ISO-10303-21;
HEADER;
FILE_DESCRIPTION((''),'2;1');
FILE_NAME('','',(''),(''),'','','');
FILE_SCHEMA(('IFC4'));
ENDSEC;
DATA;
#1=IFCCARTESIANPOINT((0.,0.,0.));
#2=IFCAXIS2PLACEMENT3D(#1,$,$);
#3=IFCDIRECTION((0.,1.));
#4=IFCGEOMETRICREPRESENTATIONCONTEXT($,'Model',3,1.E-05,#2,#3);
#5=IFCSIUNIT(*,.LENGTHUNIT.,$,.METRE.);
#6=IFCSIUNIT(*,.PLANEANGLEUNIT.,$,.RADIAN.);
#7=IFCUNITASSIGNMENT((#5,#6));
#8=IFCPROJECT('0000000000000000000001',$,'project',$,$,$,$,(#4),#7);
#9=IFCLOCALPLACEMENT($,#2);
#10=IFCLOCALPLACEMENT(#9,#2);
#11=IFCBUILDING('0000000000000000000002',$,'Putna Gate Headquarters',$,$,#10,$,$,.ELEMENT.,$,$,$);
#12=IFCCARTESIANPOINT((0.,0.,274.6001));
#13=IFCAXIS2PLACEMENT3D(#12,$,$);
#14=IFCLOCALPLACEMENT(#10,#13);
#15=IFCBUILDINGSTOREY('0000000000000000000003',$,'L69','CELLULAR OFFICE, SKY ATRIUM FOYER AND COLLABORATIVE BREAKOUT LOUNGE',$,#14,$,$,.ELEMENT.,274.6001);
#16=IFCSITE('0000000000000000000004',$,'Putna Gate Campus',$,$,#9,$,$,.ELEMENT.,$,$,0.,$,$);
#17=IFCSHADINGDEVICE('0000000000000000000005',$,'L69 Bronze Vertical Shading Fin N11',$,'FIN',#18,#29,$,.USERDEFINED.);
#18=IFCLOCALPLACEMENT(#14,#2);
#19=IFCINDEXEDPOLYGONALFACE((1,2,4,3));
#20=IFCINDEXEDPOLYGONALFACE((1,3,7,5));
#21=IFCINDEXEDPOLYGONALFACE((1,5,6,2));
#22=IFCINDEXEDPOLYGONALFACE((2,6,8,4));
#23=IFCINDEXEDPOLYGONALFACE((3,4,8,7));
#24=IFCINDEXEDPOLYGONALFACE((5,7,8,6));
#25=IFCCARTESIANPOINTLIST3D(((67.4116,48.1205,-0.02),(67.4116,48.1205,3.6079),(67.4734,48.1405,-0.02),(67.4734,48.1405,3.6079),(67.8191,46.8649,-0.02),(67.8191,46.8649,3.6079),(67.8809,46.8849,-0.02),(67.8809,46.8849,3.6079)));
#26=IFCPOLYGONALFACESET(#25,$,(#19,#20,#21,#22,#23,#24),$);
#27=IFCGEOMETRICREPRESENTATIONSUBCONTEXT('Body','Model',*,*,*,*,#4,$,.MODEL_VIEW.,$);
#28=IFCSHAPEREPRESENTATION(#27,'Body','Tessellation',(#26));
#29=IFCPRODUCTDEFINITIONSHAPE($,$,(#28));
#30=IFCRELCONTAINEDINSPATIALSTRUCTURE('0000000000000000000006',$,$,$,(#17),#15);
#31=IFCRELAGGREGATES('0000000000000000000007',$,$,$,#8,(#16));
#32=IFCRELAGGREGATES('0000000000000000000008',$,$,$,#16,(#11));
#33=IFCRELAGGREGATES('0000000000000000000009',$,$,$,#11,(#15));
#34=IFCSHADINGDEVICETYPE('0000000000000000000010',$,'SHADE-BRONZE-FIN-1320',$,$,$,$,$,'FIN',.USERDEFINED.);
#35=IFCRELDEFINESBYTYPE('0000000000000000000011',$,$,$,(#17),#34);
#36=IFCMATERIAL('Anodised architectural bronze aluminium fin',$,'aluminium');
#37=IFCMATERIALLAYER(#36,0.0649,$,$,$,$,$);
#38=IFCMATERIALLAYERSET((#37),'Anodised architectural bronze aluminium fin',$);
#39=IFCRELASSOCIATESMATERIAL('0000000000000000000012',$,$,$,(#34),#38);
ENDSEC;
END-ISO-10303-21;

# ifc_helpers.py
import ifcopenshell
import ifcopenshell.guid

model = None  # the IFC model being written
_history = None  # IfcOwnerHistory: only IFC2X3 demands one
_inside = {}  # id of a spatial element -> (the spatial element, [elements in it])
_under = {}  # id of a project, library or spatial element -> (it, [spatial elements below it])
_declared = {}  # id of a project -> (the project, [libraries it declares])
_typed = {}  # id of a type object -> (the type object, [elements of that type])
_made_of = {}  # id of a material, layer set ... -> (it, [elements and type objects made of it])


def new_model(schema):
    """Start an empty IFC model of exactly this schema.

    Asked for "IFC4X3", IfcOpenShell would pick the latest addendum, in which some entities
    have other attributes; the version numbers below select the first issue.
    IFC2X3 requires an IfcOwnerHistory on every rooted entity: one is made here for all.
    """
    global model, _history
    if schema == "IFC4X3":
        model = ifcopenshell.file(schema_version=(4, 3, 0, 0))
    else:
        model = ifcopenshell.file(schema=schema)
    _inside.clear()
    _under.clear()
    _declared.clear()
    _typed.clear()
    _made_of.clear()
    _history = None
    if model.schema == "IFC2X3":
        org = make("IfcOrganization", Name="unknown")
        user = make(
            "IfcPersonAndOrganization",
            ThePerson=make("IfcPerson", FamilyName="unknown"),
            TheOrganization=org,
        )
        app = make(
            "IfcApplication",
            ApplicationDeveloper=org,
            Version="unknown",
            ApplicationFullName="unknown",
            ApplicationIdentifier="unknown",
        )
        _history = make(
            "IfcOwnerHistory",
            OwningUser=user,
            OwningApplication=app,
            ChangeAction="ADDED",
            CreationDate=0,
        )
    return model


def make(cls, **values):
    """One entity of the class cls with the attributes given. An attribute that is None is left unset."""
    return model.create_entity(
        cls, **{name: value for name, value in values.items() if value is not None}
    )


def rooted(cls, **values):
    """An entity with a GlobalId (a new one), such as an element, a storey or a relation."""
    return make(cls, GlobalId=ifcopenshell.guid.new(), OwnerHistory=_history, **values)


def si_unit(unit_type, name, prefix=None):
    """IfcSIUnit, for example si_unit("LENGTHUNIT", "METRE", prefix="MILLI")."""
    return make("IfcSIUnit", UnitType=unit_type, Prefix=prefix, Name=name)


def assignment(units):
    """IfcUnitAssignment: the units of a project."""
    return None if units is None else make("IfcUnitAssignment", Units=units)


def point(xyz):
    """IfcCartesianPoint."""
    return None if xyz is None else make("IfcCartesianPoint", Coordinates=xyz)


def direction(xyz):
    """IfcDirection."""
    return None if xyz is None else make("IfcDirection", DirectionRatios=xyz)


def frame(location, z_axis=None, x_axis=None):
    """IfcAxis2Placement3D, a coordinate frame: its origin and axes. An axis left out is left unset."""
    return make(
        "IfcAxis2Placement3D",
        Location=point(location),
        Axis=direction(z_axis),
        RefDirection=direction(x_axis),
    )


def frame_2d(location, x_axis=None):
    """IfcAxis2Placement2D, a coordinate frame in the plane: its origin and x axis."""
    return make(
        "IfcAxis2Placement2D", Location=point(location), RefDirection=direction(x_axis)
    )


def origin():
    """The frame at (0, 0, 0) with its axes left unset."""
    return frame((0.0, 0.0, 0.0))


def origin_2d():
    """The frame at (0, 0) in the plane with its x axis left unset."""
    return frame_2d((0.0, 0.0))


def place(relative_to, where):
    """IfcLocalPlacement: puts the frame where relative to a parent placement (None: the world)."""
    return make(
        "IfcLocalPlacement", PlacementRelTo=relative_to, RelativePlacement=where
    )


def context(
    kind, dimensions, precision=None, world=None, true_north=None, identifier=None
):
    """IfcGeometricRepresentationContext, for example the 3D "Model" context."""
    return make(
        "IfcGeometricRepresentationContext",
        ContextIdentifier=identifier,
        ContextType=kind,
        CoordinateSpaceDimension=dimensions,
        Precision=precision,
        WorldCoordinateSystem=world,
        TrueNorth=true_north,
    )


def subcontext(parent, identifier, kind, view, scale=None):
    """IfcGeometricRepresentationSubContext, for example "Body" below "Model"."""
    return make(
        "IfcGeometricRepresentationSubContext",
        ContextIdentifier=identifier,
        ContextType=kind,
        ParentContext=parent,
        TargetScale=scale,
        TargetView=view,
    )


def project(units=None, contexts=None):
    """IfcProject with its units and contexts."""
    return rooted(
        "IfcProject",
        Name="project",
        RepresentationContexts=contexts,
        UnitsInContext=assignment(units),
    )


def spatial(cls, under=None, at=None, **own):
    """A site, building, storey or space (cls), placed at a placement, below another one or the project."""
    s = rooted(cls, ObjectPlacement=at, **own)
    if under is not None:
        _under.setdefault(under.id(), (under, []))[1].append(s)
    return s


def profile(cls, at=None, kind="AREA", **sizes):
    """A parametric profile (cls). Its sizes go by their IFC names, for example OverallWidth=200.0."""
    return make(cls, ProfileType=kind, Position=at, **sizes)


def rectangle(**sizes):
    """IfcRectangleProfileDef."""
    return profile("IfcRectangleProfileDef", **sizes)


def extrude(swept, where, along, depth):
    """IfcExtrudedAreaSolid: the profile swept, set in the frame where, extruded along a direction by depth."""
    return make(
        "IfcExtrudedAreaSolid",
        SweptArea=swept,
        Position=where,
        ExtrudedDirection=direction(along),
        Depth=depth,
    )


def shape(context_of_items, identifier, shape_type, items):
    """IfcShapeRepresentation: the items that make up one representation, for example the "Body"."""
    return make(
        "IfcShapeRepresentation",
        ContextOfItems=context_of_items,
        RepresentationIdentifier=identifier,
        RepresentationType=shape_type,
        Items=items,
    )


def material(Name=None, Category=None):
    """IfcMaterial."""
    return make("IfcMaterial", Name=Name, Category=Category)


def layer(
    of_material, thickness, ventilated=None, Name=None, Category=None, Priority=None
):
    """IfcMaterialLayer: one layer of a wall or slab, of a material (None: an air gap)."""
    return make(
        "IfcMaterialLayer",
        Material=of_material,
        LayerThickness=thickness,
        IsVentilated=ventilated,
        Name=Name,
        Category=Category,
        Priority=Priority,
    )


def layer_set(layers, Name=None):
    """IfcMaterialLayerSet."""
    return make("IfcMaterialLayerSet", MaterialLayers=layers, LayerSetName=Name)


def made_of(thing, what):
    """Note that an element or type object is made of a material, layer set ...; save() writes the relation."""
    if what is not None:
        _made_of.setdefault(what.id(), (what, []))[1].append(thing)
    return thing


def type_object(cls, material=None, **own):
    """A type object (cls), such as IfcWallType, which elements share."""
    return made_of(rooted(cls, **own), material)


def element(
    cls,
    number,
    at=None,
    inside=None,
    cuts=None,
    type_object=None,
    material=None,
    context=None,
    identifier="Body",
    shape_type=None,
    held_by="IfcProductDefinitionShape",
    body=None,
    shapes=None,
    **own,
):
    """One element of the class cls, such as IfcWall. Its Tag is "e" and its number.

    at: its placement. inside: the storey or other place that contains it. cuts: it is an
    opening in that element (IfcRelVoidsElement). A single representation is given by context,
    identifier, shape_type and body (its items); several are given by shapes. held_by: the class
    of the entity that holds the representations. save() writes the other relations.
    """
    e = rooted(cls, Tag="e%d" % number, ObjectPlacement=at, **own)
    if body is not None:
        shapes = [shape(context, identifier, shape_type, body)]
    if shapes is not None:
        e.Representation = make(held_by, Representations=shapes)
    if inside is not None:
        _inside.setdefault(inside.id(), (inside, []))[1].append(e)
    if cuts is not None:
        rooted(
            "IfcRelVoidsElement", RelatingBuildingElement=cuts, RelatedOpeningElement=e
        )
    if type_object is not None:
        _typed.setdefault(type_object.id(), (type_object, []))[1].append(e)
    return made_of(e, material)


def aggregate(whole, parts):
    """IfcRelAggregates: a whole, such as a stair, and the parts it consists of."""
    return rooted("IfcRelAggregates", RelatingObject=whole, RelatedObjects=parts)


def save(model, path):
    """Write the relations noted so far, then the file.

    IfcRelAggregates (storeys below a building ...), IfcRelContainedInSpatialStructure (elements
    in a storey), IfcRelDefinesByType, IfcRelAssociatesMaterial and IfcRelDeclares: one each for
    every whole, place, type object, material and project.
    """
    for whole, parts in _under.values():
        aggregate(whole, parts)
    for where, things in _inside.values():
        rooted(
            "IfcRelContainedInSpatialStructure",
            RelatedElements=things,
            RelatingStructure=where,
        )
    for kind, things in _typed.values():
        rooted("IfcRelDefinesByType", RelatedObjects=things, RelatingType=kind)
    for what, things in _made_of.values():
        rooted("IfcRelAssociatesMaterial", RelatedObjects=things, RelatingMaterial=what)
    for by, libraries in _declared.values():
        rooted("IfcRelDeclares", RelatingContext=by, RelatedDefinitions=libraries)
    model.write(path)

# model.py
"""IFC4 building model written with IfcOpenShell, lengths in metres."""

from ifc_helpers import new_model, si_unit, direction, frame, origin, origin_2d, place, context, subcontext, project, spatial, rectangle, extrude, material, layer, layer_set, type_object, element, save


model = new_model("IFC4")

# Units and contexts
model_context = context("Model", 3, precision=1e-05, world=origin(), true_north=direction((0.0, 1.0)))
body_context = subcontext(model_context, "Body", "Model", "MODEL_VIEW")
ifc_project = project(units=[si_unit("LENGTHUNIT", "METRE"), si_unit("PLANEANGLEUNIT", "RADIAN")], contexts=[model_context])

# Site, building, storey
site_placement = place(None, origin())
site = spatial("IfcSite", under=ifc_project, at=site_placement, Name="Putna Gate Campus", CompositionType="ELEMENT", RefElevation=0.0)
building_placement = place(site_placement, origin())
building = spatial("IfcBuilding", under=site, at=building_placement, Name="Putna Gate Headquarters", CompositionType="ELEMENT")
storey_placement = place(building_placement, frame((0.0, 0.0, 274.6001)))
storey = spatial("IfcBuildingStorey", under=building, at=storey_placement, Name="L69", Description="CELLULAR OFFICE, SKY ATRIUM FOYER AND COLLABORATIVE BREAKOUT LOUNGE", CompositionType="ELEMENT", Elevation=274.6001)

# Shading device
ifc_material_1 = material(Name="Anodised architectural bronze aluminium fin", Category="aluminium")
ifc_layer_1 = layer(ifc_material_1, 0.0649)
ifc_layer_set_1 = layer_set([ifc_layer_1], Name="Anodised architectural bronze aluminium fin")
shading_device_type = type_object("IfcShadingDeviceType", Name="SHADE-BRONZE-FIN-1320", ElementType="FIN", PredefinedType="USERDEFINED", material=ifc_layer_set_1)
for number, where, z_axis, x_axis, name in (
    (1, (67.6462, 47.5027, -0.02), (0.0, 0.0, 1.0), (-0.308685, 0.951164, 0.0), "L69 Bronze Vertical Shading Fin N11"),
):
    element("IfcShadingDevice", number, at=place(storey_placement, frame(where, z_axis=z_axis, x_axis=x_axis)), inside=storey, type_object=shading_device_type, Name=name, ObjectType="FIN", PredefinedType="USERDEFINED", context=body_context, shape_type="SweptSolid", body=[
        extrude(rectangle(XDim=1.3201, YDim=0.0649, at=origin_2d()), origin(), (0.0, 0.0, 1.0), 3.6279),
    ])

save(model, "model.ifc")
